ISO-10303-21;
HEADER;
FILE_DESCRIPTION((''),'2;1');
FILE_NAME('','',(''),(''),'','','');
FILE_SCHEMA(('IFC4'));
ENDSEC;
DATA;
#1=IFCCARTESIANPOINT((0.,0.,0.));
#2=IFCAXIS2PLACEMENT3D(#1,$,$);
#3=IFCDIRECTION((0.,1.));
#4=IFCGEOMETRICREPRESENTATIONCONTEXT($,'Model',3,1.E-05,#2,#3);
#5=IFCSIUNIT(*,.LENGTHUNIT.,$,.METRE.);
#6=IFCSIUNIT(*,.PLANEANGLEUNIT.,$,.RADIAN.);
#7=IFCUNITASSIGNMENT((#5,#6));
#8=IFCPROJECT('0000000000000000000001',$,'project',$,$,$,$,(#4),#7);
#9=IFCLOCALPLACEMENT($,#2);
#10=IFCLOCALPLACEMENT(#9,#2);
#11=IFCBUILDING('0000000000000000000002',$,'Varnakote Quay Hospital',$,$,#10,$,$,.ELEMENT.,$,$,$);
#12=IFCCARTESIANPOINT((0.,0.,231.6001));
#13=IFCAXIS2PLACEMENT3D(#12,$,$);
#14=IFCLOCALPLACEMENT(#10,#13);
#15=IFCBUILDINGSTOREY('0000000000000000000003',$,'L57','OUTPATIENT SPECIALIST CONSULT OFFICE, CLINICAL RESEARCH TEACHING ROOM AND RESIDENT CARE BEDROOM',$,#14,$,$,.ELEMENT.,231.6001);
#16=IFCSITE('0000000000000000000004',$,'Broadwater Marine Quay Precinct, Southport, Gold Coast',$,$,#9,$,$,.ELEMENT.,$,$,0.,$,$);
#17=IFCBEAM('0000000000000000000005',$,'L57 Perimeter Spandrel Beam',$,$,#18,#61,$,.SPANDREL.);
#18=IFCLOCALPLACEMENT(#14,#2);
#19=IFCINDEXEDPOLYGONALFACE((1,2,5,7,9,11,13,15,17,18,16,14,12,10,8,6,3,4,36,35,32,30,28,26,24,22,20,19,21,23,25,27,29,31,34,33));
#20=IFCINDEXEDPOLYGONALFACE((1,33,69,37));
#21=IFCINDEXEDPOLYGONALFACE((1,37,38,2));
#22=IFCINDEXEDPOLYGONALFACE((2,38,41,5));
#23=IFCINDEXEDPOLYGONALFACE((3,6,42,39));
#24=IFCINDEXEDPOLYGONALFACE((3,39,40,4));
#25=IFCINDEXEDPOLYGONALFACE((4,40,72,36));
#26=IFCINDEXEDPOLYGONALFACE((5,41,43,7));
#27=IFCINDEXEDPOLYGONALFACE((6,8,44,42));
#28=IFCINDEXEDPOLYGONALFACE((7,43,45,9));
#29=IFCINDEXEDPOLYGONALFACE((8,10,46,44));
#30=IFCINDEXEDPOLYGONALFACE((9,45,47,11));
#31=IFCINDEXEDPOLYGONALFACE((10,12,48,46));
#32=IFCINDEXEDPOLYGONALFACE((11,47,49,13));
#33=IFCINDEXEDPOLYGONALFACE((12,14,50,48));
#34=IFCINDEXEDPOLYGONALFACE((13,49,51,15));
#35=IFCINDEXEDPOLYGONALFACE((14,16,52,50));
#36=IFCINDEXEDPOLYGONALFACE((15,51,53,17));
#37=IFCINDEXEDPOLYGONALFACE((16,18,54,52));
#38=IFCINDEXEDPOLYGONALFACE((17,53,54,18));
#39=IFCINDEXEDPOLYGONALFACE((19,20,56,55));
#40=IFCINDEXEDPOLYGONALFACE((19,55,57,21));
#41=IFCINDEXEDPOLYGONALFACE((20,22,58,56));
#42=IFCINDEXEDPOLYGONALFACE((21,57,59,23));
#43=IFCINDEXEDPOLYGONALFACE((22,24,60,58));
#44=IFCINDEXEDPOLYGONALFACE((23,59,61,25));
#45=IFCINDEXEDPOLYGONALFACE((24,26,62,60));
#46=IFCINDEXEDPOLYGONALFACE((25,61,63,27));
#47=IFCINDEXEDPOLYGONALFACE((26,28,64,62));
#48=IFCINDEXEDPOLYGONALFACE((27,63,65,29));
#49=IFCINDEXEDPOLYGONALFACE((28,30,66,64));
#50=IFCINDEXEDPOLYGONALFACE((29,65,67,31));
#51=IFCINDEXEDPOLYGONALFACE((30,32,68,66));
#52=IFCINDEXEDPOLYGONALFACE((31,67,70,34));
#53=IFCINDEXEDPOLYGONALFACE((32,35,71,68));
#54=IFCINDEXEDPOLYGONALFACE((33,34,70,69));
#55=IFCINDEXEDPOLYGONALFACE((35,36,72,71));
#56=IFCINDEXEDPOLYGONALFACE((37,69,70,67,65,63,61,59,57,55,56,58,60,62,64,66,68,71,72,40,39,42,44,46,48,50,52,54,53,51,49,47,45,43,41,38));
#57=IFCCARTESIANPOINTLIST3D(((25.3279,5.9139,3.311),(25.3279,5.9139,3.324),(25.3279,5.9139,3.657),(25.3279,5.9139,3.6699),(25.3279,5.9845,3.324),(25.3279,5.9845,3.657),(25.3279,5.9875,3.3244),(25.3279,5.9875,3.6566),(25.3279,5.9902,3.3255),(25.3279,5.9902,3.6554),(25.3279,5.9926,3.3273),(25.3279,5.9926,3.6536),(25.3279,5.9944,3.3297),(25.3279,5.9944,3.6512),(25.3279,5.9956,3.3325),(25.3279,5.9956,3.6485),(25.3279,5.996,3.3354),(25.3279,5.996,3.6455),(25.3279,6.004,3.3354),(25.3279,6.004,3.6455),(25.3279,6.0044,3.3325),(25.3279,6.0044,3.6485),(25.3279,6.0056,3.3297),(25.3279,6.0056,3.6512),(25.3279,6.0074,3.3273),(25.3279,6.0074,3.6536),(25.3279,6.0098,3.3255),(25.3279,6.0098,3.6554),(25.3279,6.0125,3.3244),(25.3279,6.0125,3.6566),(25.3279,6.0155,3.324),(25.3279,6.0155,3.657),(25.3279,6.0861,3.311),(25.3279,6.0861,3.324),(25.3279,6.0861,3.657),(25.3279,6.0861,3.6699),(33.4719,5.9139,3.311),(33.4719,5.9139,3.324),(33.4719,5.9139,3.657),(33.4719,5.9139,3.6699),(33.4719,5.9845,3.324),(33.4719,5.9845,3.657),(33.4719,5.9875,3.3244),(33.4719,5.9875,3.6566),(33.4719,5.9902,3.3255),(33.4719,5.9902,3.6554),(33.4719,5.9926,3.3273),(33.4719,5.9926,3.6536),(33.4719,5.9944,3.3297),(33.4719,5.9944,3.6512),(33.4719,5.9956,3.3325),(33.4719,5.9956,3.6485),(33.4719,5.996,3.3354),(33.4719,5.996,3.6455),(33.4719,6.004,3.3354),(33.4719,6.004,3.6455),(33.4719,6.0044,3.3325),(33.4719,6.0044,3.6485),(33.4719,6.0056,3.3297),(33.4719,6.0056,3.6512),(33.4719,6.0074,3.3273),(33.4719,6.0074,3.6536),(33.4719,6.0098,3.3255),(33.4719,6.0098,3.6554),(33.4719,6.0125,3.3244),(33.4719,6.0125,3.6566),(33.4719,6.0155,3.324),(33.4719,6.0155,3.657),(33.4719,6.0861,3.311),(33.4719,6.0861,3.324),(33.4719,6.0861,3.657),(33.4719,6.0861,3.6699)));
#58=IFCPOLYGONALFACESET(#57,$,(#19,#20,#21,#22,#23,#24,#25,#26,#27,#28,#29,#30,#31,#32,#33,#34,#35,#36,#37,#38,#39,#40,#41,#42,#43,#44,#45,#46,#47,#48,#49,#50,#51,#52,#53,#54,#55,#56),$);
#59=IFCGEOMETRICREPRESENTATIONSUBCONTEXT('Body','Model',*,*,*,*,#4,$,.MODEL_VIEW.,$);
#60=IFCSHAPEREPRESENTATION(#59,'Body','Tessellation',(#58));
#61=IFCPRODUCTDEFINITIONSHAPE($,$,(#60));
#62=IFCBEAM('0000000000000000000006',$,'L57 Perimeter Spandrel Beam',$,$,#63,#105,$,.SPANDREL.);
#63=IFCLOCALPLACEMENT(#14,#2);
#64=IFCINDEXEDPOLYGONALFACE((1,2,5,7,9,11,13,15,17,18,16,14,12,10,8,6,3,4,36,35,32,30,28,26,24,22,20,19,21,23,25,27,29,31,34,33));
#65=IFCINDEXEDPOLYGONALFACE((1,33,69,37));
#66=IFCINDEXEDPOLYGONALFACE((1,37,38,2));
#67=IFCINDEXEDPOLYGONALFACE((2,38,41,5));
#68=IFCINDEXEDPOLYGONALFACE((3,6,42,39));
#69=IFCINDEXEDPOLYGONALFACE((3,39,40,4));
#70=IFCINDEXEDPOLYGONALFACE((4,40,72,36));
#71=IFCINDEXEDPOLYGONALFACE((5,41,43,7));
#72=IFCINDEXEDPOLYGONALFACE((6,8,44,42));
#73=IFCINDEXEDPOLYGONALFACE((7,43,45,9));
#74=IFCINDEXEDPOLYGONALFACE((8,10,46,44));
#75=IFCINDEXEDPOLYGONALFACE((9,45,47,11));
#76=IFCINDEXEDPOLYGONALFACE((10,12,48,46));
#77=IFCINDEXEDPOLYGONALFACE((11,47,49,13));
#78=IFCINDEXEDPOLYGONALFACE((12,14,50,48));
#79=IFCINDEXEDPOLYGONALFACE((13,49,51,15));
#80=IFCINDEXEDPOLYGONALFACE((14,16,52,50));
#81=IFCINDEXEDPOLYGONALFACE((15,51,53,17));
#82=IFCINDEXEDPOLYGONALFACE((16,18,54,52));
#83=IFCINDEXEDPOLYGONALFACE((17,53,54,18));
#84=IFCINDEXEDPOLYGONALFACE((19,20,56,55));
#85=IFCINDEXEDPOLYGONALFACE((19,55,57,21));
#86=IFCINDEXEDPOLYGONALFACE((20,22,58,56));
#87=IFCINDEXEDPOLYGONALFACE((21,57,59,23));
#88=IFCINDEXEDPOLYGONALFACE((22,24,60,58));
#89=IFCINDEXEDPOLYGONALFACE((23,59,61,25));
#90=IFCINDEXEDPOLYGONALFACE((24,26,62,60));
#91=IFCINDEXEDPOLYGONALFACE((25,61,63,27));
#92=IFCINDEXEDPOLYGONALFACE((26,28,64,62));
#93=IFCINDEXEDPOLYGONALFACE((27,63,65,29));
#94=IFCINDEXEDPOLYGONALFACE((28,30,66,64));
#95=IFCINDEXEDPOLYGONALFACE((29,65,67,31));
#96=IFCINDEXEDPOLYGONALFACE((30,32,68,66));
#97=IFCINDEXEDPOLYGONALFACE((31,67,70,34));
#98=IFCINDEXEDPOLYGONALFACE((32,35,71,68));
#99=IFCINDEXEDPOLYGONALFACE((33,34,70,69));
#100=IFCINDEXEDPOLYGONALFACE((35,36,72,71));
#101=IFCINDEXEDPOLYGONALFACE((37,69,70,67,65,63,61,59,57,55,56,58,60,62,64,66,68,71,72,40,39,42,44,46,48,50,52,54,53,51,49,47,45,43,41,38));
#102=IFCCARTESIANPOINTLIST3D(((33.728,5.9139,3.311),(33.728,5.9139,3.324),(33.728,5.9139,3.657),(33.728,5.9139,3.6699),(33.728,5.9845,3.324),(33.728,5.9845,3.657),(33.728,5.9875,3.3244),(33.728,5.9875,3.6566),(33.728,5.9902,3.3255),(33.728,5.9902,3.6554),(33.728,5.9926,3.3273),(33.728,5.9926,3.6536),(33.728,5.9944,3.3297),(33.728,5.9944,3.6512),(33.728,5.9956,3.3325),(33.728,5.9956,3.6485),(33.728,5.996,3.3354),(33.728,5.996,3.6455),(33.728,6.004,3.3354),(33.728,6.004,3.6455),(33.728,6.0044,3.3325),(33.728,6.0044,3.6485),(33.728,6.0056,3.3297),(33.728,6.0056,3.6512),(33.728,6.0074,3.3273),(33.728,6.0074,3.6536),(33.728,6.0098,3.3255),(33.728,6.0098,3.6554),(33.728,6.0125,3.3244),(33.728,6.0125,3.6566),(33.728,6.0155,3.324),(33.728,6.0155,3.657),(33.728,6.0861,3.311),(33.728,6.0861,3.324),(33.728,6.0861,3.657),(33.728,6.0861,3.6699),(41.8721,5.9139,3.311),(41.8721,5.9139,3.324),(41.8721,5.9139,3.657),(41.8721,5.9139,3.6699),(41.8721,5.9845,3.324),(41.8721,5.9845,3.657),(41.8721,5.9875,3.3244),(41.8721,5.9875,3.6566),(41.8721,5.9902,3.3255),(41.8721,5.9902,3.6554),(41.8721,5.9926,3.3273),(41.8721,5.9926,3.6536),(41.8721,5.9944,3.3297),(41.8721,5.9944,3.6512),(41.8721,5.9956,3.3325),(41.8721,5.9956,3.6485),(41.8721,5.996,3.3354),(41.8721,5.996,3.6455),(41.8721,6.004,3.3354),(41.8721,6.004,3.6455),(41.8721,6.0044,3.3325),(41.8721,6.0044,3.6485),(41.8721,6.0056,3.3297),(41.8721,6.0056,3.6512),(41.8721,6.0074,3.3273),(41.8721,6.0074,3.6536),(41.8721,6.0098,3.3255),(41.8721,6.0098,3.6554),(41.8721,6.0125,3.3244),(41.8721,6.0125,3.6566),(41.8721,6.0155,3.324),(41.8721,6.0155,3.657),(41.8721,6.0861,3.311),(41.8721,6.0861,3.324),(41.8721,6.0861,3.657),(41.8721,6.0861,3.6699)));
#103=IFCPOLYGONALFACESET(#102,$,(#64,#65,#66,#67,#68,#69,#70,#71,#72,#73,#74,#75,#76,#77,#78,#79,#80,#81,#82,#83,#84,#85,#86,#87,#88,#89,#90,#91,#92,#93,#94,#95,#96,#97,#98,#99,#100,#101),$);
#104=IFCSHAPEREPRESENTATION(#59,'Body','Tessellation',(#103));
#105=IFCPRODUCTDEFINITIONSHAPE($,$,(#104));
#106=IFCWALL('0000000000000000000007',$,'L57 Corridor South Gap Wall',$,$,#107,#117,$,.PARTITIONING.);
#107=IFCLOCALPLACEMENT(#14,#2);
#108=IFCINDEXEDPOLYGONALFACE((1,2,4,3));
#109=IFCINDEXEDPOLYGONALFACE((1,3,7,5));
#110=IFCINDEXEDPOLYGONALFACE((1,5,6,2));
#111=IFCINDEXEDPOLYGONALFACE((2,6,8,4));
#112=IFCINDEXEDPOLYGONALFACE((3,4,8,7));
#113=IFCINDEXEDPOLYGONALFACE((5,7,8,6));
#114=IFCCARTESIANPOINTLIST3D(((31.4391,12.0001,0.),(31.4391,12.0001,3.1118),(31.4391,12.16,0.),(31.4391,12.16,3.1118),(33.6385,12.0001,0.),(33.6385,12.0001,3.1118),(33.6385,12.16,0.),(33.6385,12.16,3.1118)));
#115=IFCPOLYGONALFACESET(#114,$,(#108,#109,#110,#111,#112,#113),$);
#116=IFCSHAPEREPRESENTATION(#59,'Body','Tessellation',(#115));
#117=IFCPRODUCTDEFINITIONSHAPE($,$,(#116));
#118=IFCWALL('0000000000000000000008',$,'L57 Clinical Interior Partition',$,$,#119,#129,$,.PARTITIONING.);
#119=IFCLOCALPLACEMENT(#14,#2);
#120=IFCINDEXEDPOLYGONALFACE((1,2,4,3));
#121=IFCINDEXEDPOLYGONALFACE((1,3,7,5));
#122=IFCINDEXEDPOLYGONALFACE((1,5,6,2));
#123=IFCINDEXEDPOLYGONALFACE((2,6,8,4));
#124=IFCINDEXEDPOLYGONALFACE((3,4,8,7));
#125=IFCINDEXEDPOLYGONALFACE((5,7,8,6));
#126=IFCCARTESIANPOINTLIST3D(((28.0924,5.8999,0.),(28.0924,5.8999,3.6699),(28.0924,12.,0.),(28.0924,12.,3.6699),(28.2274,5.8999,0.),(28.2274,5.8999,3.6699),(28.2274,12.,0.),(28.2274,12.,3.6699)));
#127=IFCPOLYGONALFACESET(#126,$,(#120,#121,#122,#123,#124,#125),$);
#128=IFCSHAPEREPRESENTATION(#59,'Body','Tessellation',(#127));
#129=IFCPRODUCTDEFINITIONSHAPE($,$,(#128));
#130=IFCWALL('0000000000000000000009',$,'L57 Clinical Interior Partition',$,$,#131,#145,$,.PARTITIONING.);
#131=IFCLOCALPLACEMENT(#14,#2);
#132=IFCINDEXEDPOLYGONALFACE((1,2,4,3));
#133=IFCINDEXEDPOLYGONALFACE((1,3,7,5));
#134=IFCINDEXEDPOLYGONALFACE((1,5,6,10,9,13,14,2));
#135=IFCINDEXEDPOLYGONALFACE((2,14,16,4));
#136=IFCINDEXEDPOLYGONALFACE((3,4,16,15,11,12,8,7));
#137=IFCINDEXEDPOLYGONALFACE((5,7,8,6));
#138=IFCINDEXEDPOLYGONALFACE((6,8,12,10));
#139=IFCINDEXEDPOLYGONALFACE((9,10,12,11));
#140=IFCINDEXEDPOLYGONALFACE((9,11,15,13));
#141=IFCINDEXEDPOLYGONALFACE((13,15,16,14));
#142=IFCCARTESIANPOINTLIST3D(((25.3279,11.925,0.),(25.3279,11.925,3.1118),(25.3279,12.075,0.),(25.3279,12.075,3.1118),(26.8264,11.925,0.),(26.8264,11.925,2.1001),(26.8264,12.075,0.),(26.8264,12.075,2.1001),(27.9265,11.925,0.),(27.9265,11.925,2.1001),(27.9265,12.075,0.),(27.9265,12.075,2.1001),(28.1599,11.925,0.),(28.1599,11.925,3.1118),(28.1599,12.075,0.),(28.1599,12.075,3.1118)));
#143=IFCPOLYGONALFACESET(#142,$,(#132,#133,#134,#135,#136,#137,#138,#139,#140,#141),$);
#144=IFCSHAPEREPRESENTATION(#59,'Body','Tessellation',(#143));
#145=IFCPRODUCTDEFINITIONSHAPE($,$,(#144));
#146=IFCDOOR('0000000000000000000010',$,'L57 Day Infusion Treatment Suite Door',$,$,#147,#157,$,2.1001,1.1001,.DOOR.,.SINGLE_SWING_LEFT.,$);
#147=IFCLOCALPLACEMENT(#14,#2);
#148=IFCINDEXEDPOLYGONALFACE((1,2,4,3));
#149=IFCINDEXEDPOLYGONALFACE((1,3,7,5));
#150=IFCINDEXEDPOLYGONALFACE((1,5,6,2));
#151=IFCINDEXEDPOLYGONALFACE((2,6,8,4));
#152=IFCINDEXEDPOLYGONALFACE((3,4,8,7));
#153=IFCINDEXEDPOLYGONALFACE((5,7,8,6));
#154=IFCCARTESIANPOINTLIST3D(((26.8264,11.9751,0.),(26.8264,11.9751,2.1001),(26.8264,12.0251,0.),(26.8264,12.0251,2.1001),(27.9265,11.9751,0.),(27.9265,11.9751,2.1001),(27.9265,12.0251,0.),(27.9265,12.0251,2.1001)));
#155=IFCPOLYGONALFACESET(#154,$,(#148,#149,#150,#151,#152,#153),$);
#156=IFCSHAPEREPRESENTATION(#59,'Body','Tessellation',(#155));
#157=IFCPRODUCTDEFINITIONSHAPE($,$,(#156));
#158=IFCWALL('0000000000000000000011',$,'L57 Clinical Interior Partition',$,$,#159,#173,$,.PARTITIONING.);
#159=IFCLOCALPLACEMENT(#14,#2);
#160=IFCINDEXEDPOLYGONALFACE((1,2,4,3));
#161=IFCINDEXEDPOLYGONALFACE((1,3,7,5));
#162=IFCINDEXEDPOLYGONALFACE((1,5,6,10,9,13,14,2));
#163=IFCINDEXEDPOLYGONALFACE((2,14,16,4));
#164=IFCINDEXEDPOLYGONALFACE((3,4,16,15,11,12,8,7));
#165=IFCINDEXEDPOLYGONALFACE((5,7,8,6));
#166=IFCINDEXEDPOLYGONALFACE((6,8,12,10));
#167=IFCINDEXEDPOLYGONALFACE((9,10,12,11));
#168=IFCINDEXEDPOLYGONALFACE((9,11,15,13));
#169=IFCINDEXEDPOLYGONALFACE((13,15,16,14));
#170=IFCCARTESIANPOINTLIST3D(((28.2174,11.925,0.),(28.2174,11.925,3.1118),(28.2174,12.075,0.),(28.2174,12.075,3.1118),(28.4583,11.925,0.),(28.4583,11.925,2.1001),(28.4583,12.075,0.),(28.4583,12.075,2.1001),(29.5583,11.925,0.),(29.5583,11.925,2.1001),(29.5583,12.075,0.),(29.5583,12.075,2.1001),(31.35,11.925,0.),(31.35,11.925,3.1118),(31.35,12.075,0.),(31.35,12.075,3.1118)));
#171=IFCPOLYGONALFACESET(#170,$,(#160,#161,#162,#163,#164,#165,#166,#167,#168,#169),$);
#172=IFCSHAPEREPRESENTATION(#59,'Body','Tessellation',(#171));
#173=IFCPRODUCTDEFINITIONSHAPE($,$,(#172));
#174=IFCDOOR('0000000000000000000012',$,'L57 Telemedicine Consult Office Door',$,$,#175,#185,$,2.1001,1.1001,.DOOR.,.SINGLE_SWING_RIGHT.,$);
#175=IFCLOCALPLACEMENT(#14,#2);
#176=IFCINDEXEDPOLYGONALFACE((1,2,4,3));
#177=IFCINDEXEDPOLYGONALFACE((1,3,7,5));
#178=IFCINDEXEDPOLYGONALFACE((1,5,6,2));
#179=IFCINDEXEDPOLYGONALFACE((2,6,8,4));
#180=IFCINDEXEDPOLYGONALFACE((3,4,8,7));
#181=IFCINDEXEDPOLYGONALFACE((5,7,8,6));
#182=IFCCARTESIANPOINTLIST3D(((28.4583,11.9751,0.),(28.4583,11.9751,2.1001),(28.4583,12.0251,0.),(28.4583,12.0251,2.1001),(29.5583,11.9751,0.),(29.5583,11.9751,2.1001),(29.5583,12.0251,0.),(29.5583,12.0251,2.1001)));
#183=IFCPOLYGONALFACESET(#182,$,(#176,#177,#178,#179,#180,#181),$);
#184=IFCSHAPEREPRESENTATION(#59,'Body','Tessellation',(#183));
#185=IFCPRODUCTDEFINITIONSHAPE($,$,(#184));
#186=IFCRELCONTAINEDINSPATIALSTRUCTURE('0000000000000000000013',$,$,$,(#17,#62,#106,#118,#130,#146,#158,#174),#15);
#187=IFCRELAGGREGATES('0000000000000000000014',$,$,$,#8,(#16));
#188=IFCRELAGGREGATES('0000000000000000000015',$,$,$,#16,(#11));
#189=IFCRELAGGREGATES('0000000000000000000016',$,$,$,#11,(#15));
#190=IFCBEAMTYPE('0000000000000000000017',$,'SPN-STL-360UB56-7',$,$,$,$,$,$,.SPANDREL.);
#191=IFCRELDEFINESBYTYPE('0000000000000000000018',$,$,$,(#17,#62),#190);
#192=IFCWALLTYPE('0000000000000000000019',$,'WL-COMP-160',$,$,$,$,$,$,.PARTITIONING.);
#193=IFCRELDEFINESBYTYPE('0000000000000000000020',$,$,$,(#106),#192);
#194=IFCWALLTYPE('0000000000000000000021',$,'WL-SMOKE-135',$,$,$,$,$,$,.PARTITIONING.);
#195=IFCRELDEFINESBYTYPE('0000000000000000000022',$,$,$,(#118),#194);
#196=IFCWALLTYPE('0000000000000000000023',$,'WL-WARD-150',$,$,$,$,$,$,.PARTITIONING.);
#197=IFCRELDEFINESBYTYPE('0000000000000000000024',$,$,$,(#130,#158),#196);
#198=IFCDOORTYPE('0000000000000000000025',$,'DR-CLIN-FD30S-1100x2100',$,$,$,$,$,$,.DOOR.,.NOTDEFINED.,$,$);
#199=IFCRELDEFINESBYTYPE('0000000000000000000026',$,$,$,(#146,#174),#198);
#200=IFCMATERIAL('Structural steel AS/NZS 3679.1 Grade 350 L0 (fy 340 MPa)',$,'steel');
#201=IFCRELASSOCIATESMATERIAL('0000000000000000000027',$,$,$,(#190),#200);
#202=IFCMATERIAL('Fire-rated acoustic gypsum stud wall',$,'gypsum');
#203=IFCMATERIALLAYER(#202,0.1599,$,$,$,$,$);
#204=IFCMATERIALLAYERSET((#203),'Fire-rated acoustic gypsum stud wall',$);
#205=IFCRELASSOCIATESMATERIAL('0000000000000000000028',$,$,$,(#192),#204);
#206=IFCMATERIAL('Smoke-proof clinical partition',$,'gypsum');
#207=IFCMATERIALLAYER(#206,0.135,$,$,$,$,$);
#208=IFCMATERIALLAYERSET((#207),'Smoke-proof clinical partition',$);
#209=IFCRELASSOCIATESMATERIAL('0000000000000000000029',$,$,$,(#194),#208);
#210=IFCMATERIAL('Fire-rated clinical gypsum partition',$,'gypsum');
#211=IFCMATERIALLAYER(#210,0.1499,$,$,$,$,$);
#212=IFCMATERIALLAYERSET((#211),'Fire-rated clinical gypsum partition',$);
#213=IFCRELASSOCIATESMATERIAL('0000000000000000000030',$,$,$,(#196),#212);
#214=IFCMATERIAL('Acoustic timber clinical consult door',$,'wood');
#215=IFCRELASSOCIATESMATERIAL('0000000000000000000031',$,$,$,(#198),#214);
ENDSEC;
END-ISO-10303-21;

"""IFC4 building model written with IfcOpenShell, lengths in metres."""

from ifc_helpers import new_model, si_unit, direction, frame, frame_2d, origin, origin_2d, place, context, subcontext, project, spatial, rectangle, i_section, extrude, material, layer, layer_set, material_profile, profile_set, type_object, element, fill, save


model = new_model("IFC4")

# Units and contexts
model_context = context("Model", 3, precision=1e-05, world=origin(), true_north=direction((0.0, 1.0)))
body_context = subcontext(model_context, "Body", "Model", "MODEL_VIEW")
ifc_project = project(units=[si_unit("LENGTHUNIT", "METRE"), si_unit("PLANEANGLEUNIT", "RADIAN")], contexts=[model_context])

# Site, building, storey
site_placement = place(None, origin())
site = spatial("IfcSite", under=ifc_project, at=site_placement, Name="Broadwater Marine Quay Precinct, Southport, Gold Coast", CompositionType="ELEMENT", RefElevation=0.0)
building_placement = place(site_placement, origin())
building = spatial("IfcBuilding", under=site, at=building_placement, Name="Varnakote Quay Hospital", CompositionType="ELEMENT")
storey_placement = place(building_placement, frame((0.0, 0.0, 231.6001)))
storey = spatial("IfcBuildingStorey", under=building, at=storey_placement, Name="L57", Description="OUTPATIENT SPECIALIST CONSULT OFFICE, CLINICAL RESEARCH TEACHING ROOM AND RESIDENT CARE BEDROOM", CompositionType="ELEMENT", Elevation=231.6001)

# Beams
ifc_material_1 = material(Name="Structural steel AS/NZS 3679.1 Grade 350 L0 (fy 340 MPa)", Category="steel")
ifc_material_profile_1 = material_profile(ifc_material_1, i_section(OverallWidth=0.1721, OverallDepth=0.3589, WebThickness=0.0081, FlangeThickness=0.0129, FilletRadius=0.0115, at=origin_2d()), Name="360UB56.7")
ifc_profile_set_1 = profile_set([ifc_material_profile_1], Name="Structural steel AS/NZS 3679.1 Grade 350 L0 (fy 340 MPa)")
beam_type_1 = type_object("IfcBeamType", Name="SPN-STL-360UB56-7", PredefinedType="SPANDREL", material=ifc_profile_set_1)
for number, where, z_axis, x_axis, name in (
    (1, (25.3279, 6.0, 3.4905), (1.0, 0.0, 0.0), (0.0, 1.0, 0.0), "L57 Perimeter Spandrel Beam"),
    (2, (33.728, 6.0, 3.4905), (1.0, 0.0, 0.0), (0.0, 1.0, 0.0), "L57 Perimeter Spandrel Beam"),
):
    element("IfcBeam", number, at=place(storey_placement, frame(where, z_axis=z_axis, x_axis=x_axis)), inside=storey, type_object=beam_type_1, Name=name, PredefinedType="SPANDREL", context=body_context, shape_type="SweptSolid", body=[
        extrude(i_section(OverallWidth=0.1721, OverallDepth=0.3589, WebThickness=0.0081, FlangeThickness=0.0129, FilletRadius=0.0115, at=origin_2d()), origin(), (0.0, 0.0, 1.0), 8.144),
    ])

# Walls
ifc_material_2 = material(Name="Fire-rated acoustic gypsum stud wall", Category="gypsum")
ifc_layer_1 = layer(ifc_material_2, 0.1599)
ifc_layer_set_1 = layer_set([ifc_layer_1], Name="Fire-rated acoustic gypsum stud wall")
wall_type_1 = type_object("IfcWallType", Name="WL-COMP-160", PredefinedType="PARTITIONING", material=ifc_layer_set_1)
wall_1_placement = place(storey_placement, frame((31.4392, 12.0801, 0.0), z_axis=(0.0, 0.0, 1.0), x_axis=(1.0, 0.0, 0.0)))
element("IfcWall", 3, at=wall_1_placement, inside=storey, type_object=wall_type_1, Name="L57 Corridor South Gap Wall", PredefinedType="PARTITIONING", context=body_context, shape_type="SweptSolid", body=[
    extrude(rectangle(XDim=2.1995, YDim=0.1599, at=frame_2d((1.0996, 0.0))), origin(), (0.0, 0.0, 1.0), 3.1118),
])
ifc_material_3 = material(Name="Smoke-proof clinical partition", Category="gypsum")
ifc_layer_2 = layer(ifc_material_3, 0.135)
ifc_layer_set_2 = layer_set([ifc_layer_2], Name="Smoke-proof clinical partition")
wall_type_2 = type_object("IfcWallType", Name="WL-SMOKE-135", PredefinedType="PARTITIONING", material=ifc_layer_set_2)
wall_2_placement = place(storey_placement, frame((28.1599, 5.8999, 0.0), z_axis=(0.0, 0.0, 1.0), x_axis=(0.0, 1.0, 0.0)))
element("IfcWall", 4, at=wall_2_placement, inside=storey, type_object=wall_type_2, Name="L57 Clinical Interior Partition", PredefinedType="PARTITIONING", context=body_context, shape_type="SweptSolid", body=[
    extrude(rectangle(XDim=6.1001, YDim=0.135, at=frame_2d((3.05, 0.0))), origin(), (0.0, 0.0, 1.0), 3.6699),
])

# Walls, openings, doors
ifc_material_4 = material(Name="Fire-rated clinical gypsum partition", Category="gypsum")
ifc_layer_3 = layer(ifc_material_4, 0.1499)
ifc_layer_set_3 = layer_set([ifc_layer_3], Name="Fire-rated clinical gypsum partition")
wall_type_3 = type_object("IfcWallType", Name="WL-WARD-150", PredefinedType="PARTITIONING", material=ifc_layer_set_3)
wall_3_placement = place(storey_placement, frame((28.1599, 12.0, 0.0), z_axis=(0.0, 0.0, 1.0), x_axis=(-1.0, 0.0, 0.0)))
wall_3 = element("IfcWall", 5, at=wall_3_placement, inside=storey, type_object=wall_type_3, Name="L57 Clinical Interior Partition", PredefinedType="PARTITIONING", context=body_context, shape_type="SweptSolid", body=[
    extrude(rectangle(XDim=2.832, YDim=0.1499, at=frame_2d((1.416, 0.0))), origin(), (0.0, 0.0, 1.0), 3.1118),
])
opening_1_placement = place(wall_3_placement, frame((0.2334, 0.0, 0.0)))
opening_1 = element("IfcOpeningElement", 6, at=opening_1_placement, cuts=wall_3, PredefinedType="OPENING", context=body_context, shape_type="SweptSolid", body=[
    extrude(rectangle(XDim=1.1001, YDim=2.1001, at=frame_2d((0.55, 1.05))), frame((0.0, 0.085, 0.0), z_axis=(0.0, -1.0, 0.0), x_axis=(1.0, 0.0, 0.0)), (0.0, 0.0, 1.0), 0.1699),
])
ifc_material_5 = material(Name="Acoustic timber clinical consult door", Category="wood")
door_type = type_object("IfcDoorType", Name="DR-CLIN-FD30S-1100x2100", OperationType="NOTDEFINED", PredefinedType="DOOR", material=ifc_material_5)
door_1_placement = place(opening_1_placement, origin())
door_1 = element("IfcDoor", 7, at=door_1_placement, inside=storey, type_object=door_type, Name="L57 Day Infusion Treatment Suite Door", OperationType="SINGLE_SWING_LEFT", OverallHeight=2.1001, OverallWidth=1.1001, PredefinedType="DOOR", context=body_context, shape_type="SweptSolid", body=[
    extrude(rectangle(XDim=1.1001, YDim=2.1001, at=frame_2d((0.55, 1.05))), frame((0.0, 0.0249, 0.0), z_axis=(0.0, -1.0, 0.0), x_axis=(1.0, 0.0, 0.0)), (0.0, 0.0, 1.0), 0.05),
])
fill(opening_1, door_1)
wall_4_placement = place(storey_placement, frame((31.3501, 12.0, 0.0), z_axis=(0.0, 0.0, 1.0), x_axis=(-1.0, 0.0, 0.0)))
wall_4 = element("IfcWall", 8, at=wall_4_placement, inside=storey, type_object=wall_type_3, Name="L57 Clinical Interior Partition", PredefinedType="PARTITIONING", context=body_context, shape_type="SweptSolid", body=[
    extrude(rectangle(XDim=3.1326, YDim=0.1499, at=frame_2d((1.5664, 0.0))), origin(), (0.0, 0.0, 1.0), 3.1118),
])
opening_2_placement = place(wall_4_placement, frame((1.7917, 0.0, 0.0)))
opening_2 = element("IfcOpeningElement", 9, at=opening_2_placement, cuts=wall_4, PredefinedType="OPENING", context=body_context, shape_type="SweptSolid", body=[
    extrude(rectangle(XDim=1.1001, YDim=2.1001, at=frame_2d((0.55, 1.05))), frame((0.0, 0.085, 0.0), z_axis=(0.0, -1.0, 0.0), x_axis=(1.0, 0.0, 0.0)), (0.0, 0.0, 1.0), 0.1699),
])
door_2_placement = place(opening_2_placement, origin())
door_2 = element("IfcDoor", 10, at=door_2_placement, inside=storey, type_object=door_type, Name="L57 Telemedicine Consult Office Door", OperationType="SINGLE_SWING_RIGHT", OverallHeight=2.1001, OverallWidth=1.1001, PredefinedType="DOOR", context=body_context, shape_type="SweptSolid", body=[
    extrude(rectangle(XDim=1.1001, YDim=2.1001, at=frame_2d((0.55, 1.05))), frame((0.0, 0.0249, 0.0), z_axis=(0.0, -1.0, 0.0), x_axis=(1.0, 0.0, 0.0)), (0.0, 0.0, 1.0), 0.05),
])
fill(opening_2, door_2)

save(model, "model.ifc")
